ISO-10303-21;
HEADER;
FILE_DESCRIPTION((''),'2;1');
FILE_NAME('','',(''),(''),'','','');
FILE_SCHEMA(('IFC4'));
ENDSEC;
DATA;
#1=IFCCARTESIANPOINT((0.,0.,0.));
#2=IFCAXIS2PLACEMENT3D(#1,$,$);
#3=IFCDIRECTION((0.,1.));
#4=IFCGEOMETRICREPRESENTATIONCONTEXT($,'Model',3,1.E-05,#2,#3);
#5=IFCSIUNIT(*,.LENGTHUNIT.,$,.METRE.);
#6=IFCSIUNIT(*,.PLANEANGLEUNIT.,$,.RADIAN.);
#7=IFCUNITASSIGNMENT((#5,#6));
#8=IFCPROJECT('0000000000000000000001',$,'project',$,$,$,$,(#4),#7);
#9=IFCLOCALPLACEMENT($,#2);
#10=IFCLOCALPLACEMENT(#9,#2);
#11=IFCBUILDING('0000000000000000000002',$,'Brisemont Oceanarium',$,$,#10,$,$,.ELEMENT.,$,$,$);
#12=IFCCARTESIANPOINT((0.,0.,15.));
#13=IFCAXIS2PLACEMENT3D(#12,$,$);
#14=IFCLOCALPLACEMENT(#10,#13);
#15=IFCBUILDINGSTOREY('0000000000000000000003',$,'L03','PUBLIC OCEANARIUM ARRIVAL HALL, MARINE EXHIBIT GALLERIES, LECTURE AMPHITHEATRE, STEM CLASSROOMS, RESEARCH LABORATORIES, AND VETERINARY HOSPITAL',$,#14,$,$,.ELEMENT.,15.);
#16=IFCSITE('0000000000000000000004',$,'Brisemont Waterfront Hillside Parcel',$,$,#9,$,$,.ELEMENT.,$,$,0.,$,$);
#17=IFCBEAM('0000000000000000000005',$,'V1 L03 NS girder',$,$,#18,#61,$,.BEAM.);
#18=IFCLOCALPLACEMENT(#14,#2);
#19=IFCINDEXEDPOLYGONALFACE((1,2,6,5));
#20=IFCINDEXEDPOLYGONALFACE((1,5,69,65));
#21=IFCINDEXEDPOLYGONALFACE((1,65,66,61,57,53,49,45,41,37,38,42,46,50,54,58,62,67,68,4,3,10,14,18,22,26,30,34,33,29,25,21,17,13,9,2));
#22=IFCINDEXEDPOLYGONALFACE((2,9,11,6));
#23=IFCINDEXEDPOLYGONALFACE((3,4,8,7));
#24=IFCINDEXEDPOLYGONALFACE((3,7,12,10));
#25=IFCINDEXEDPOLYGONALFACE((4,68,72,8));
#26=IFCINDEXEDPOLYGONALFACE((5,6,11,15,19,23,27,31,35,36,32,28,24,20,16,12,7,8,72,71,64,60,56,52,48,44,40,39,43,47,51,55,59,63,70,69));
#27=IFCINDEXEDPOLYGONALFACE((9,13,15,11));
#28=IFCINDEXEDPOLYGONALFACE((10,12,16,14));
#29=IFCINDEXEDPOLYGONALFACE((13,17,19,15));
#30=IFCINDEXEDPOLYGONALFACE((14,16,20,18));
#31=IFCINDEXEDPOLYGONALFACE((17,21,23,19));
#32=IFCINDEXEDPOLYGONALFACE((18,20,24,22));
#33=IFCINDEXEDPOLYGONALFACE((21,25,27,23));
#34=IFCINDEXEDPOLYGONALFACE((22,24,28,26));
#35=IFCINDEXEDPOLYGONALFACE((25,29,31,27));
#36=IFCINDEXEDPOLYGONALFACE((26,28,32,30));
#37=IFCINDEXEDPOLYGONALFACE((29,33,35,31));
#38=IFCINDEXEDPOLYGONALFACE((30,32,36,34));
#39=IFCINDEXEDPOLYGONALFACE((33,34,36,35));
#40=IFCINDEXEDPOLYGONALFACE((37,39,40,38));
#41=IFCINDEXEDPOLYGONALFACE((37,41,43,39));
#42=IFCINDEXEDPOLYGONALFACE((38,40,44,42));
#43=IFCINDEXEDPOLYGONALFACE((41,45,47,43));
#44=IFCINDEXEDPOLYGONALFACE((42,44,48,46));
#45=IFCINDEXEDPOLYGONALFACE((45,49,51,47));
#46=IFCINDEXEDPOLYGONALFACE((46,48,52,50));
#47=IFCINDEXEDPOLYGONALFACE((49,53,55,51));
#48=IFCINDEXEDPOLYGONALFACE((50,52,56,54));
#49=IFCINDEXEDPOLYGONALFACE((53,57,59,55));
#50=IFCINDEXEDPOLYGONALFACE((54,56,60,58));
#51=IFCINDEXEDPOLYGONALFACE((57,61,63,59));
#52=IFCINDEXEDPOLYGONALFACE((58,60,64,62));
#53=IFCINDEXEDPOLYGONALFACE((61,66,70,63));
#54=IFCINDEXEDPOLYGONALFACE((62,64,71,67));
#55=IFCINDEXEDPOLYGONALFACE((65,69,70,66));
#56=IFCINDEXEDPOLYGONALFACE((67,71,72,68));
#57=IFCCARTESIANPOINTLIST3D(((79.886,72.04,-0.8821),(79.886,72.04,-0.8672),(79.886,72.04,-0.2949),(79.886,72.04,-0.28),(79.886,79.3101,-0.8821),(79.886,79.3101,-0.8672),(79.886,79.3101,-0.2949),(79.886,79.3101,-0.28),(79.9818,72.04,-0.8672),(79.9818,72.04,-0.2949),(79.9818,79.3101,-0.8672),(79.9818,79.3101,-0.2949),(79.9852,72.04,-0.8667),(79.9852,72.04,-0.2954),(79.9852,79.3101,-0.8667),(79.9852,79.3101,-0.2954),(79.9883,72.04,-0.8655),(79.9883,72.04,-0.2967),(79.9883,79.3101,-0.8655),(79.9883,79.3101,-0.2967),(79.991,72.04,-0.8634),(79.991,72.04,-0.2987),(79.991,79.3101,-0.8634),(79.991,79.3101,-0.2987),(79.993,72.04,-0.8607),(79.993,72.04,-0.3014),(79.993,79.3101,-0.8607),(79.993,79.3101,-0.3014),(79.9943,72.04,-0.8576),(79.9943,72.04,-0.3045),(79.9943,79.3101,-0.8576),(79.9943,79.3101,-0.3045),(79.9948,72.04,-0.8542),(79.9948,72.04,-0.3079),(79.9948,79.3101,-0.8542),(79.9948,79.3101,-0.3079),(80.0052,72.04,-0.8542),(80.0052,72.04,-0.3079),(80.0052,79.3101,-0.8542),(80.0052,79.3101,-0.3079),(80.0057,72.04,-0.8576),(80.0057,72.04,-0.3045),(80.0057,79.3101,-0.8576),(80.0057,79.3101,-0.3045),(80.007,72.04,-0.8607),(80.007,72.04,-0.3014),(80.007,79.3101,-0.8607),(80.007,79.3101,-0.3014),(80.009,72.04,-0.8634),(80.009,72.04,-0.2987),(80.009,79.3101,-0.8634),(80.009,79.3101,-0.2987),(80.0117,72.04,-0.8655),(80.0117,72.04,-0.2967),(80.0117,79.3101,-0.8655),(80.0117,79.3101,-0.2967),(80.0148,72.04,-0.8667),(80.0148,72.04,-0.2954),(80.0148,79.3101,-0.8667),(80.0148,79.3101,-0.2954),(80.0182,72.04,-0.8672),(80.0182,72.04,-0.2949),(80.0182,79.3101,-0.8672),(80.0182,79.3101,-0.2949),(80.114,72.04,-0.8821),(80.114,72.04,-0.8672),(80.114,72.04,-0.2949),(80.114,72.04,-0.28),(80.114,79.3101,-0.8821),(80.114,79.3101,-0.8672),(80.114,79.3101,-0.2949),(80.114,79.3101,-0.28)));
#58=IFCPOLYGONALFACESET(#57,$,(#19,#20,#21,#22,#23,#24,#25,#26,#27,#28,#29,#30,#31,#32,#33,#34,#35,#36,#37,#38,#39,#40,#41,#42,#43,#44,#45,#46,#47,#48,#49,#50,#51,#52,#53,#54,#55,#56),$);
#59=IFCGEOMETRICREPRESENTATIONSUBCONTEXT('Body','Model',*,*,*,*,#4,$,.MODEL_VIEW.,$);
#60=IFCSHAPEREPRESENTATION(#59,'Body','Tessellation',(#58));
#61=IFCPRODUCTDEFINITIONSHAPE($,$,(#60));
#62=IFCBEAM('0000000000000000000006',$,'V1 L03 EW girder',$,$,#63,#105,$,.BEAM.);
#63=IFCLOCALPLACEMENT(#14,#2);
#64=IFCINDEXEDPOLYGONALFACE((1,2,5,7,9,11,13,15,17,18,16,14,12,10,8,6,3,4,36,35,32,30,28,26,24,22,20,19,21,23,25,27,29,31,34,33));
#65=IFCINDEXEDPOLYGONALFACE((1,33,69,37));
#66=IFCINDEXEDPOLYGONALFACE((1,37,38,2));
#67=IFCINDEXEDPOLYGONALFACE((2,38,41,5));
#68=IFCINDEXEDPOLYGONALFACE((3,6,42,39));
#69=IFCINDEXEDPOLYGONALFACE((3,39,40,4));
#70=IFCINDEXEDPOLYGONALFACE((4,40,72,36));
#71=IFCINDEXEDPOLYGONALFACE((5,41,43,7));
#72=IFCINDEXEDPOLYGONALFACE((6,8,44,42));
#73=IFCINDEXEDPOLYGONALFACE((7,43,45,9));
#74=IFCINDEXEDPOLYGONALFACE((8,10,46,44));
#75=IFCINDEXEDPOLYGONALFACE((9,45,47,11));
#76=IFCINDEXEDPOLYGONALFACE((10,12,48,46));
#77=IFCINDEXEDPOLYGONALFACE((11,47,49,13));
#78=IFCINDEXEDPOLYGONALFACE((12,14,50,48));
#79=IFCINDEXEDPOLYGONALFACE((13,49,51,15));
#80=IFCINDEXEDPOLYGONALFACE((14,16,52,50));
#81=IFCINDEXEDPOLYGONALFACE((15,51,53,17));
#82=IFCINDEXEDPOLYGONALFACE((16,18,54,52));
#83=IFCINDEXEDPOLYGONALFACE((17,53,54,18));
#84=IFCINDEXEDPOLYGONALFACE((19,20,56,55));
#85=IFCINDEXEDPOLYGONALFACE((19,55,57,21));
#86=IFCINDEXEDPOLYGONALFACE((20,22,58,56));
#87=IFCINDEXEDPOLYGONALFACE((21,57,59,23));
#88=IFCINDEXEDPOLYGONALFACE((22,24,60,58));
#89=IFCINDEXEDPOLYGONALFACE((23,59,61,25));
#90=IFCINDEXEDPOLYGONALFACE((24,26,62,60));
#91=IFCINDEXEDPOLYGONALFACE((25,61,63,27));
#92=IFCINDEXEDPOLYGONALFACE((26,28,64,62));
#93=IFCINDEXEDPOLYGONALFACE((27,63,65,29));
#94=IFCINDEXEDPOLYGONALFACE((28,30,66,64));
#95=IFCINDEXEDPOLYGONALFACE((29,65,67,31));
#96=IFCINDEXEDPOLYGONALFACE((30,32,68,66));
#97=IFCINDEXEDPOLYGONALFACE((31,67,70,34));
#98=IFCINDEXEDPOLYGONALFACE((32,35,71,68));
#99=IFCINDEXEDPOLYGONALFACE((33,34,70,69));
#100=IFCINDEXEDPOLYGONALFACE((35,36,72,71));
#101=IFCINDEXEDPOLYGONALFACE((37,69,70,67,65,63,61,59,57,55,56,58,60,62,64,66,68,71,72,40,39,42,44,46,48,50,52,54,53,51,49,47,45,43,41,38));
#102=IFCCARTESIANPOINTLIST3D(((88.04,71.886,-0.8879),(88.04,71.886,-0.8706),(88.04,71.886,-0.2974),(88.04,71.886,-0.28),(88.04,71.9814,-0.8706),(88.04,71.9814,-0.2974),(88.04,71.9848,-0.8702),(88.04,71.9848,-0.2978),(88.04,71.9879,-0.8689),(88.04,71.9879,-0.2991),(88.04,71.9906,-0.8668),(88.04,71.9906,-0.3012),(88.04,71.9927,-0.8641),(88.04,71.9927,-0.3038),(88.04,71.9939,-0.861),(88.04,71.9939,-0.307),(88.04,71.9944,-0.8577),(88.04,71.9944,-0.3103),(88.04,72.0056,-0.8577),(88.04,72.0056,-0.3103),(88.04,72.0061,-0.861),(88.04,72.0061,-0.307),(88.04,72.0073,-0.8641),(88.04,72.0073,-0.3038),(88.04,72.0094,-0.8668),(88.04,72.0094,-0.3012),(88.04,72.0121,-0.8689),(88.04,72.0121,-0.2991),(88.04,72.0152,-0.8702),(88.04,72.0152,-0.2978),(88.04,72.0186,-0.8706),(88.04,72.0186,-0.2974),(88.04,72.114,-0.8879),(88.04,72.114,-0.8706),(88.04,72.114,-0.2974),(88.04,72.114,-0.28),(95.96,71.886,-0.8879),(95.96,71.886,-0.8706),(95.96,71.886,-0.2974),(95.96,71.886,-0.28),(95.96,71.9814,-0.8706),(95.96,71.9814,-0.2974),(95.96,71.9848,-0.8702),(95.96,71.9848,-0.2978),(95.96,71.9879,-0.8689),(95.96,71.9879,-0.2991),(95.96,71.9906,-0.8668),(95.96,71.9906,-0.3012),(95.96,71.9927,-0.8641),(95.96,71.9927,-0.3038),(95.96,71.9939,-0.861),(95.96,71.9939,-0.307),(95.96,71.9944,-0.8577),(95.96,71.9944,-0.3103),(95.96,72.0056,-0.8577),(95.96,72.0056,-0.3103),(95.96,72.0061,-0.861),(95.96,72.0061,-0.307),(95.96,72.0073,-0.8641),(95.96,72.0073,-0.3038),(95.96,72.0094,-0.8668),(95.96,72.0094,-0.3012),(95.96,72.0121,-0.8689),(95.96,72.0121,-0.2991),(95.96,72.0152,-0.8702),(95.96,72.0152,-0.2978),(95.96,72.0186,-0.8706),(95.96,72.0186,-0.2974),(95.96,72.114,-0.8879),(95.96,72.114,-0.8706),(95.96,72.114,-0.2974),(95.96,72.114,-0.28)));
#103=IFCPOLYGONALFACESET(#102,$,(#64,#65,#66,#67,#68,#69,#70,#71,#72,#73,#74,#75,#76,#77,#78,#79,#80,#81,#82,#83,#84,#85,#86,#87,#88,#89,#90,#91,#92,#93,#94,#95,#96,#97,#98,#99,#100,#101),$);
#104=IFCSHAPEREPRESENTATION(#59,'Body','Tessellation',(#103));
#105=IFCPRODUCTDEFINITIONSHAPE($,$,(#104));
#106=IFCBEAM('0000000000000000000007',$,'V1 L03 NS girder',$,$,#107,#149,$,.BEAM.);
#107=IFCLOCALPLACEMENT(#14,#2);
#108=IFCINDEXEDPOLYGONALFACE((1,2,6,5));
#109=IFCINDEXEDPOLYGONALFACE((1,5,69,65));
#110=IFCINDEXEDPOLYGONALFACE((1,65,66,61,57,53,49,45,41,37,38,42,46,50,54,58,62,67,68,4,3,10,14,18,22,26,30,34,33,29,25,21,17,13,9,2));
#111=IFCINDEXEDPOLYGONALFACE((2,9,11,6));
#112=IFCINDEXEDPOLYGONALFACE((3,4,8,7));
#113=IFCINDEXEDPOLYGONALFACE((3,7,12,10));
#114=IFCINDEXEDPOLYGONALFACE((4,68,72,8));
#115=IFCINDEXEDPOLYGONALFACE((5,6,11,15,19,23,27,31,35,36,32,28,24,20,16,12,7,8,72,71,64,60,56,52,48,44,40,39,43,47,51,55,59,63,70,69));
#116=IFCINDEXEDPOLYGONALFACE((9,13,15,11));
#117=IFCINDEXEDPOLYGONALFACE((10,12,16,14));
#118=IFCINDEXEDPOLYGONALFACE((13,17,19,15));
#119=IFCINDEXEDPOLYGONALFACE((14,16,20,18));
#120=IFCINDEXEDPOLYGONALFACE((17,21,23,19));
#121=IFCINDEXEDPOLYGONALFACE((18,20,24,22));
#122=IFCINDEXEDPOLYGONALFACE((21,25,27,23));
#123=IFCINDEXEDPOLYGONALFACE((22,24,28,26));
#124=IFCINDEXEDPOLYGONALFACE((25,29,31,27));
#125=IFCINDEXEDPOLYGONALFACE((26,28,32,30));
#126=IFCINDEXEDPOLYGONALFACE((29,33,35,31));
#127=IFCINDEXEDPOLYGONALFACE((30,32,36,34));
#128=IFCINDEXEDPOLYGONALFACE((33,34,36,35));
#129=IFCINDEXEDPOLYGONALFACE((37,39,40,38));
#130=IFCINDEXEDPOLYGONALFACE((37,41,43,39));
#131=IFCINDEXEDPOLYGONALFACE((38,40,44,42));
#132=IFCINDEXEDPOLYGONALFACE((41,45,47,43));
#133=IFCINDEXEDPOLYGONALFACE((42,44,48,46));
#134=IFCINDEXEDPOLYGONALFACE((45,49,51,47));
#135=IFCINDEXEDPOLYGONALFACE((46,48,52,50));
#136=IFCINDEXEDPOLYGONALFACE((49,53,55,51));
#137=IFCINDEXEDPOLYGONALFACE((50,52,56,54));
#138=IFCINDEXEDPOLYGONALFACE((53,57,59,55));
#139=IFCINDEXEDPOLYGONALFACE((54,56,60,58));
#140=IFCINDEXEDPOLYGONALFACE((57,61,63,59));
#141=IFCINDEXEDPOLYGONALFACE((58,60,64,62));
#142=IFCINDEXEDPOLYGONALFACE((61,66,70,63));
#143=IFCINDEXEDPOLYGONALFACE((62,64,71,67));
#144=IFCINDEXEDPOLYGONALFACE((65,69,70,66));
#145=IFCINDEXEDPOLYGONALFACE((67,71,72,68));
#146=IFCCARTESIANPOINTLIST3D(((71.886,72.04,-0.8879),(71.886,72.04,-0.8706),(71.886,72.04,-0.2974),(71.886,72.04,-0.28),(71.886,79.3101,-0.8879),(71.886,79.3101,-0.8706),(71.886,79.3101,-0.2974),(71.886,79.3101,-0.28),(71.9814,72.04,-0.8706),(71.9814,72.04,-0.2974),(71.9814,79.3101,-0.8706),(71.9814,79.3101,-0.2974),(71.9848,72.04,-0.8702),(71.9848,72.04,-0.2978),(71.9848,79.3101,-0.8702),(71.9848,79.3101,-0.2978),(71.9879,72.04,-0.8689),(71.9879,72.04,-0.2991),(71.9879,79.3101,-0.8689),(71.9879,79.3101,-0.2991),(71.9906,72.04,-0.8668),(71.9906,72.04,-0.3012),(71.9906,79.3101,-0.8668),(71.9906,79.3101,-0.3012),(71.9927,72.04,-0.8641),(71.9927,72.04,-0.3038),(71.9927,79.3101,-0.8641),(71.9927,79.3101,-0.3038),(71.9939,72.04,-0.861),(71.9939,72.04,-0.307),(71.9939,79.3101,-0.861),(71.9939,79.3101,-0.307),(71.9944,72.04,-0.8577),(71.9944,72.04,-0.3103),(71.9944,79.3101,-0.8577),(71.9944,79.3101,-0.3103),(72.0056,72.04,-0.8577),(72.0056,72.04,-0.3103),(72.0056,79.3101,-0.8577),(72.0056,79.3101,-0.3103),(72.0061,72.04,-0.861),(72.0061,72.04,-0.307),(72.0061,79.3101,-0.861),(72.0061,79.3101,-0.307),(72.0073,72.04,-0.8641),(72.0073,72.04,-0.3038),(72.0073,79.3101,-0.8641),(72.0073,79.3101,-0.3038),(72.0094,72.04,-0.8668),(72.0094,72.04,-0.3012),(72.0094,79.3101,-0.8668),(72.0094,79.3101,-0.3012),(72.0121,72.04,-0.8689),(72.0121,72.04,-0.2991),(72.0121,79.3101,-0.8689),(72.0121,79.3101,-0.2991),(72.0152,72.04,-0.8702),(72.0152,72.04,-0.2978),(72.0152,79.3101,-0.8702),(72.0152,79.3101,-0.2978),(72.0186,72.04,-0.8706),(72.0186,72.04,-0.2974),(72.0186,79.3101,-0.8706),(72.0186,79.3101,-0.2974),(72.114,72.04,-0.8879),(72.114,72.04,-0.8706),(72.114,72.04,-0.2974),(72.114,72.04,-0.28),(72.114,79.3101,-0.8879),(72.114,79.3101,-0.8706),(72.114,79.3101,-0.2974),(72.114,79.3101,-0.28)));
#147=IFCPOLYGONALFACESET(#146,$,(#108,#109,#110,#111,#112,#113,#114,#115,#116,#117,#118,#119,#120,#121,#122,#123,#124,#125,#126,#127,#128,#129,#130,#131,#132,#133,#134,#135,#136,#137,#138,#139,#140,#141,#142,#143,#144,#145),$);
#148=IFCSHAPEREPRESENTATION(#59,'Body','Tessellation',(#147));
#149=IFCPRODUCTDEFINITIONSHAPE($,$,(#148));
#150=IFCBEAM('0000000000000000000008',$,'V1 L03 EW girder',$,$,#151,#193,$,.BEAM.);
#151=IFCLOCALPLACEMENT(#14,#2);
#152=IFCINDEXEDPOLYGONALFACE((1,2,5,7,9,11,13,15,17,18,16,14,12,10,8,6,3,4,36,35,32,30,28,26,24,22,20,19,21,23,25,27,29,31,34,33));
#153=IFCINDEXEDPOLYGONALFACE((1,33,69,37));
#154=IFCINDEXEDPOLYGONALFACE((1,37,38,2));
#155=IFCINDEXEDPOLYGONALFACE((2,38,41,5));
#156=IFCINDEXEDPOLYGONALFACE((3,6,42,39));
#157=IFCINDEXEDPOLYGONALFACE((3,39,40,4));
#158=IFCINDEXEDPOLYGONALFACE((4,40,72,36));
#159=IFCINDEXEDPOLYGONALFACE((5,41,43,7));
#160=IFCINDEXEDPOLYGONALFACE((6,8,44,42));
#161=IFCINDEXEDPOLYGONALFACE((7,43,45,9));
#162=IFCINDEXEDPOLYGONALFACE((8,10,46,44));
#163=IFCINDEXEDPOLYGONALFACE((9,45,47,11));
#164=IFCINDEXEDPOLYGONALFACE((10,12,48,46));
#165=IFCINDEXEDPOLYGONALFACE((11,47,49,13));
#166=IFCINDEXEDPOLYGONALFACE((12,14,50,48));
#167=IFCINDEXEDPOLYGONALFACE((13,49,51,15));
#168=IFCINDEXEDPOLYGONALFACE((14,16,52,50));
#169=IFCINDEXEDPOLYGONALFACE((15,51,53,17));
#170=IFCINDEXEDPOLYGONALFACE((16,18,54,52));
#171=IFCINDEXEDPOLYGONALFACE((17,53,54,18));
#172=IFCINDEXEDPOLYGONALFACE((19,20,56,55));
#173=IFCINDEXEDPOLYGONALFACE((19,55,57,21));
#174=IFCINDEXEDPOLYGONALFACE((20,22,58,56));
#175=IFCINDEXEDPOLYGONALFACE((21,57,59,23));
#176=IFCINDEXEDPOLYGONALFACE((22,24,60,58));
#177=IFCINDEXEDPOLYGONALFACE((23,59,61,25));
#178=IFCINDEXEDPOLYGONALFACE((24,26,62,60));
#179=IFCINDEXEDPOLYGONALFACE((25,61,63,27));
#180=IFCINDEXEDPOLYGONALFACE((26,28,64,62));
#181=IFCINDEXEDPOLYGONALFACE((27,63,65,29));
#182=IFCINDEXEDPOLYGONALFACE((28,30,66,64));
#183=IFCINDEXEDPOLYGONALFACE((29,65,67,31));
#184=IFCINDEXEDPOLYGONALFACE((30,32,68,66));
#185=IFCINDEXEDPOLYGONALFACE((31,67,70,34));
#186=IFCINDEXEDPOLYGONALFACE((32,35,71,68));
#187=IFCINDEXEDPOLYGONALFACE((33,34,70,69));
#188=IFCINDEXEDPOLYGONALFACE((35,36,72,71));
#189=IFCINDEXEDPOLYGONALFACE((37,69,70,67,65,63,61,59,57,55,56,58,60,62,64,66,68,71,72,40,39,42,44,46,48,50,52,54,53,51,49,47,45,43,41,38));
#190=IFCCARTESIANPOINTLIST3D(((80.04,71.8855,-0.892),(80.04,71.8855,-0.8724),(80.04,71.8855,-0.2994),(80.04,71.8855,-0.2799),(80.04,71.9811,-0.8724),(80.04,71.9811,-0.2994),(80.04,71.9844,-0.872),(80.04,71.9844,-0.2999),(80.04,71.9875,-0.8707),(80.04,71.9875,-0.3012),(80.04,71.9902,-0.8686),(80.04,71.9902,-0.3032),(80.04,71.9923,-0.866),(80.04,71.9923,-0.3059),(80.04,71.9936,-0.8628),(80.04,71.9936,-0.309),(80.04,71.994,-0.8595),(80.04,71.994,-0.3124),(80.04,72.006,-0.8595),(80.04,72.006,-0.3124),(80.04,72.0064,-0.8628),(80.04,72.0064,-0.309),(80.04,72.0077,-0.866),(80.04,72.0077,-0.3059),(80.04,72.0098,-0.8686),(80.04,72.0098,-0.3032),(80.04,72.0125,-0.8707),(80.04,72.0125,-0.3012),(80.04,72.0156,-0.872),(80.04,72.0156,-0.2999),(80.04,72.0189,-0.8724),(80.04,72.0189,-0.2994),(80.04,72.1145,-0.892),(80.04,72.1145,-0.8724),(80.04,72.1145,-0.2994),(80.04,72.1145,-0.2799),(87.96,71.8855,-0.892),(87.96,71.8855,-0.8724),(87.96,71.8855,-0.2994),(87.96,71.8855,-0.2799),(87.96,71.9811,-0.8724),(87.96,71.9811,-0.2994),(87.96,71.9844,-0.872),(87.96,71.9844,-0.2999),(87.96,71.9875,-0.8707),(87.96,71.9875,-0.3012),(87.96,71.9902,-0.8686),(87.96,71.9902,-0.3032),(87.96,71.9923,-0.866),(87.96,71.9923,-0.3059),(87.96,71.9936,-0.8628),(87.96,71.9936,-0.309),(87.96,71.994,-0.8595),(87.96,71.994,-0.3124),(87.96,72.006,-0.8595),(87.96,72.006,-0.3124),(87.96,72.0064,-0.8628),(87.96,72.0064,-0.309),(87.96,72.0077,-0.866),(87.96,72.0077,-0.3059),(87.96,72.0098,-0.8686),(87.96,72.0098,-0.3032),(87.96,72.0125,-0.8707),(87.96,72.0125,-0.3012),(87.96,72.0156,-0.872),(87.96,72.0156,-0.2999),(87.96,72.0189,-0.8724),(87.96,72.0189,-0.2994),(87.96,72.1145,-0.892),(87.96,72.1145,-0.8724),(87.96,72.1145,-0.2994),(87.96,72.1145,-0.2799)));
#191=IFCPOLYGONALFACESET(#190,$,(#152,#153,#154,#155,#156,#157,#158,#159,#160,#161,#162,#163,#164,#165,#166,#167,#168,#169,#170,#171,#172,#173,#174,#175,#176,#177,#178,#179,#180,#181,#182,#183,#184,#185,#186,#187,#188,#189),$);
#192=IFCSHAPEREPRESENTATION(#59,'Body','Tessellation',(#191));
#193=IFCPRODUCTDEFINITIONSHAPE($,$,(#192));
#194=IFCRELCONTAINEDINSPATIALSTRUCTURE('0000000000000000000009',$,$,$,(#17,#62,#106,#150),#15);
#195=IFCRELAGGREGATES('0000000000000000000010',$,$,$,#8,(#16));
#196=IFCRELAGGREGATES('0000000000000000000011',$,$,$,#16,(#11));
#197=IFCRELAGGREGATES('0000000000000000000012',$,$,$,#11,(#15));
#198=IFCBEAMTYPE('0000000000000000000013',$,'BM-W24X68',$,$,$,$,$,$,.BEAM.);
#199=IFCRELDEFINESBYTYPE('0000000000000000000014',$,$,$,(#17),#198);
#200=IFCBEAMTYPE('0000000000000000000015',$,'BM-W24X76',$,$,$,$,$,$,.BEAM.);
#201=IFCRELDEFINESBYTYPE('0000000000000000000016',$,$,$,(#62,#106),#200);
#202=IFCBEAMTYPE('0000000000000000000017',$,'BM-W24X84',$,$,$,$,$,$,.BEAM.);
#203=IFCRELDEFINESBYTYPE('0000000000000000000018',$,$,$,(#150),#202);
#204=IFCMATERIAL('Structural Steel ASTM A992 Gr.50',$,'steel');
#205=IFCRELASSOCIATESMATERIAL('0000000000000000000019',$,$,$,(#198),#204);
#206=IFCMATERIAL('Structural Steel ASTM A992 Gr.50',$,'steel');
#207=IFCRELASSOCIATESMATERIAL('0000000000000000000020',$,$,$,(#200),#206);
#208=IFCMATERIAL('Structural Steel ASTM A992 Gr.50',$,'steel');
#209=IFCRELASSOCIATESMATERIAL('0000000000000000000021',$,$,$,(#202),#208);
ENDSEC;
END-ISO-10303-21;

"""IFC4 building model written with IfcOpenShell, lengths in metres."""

from ifc_helpers import new_model, si_unit, direction, frame, origin, origin_2d, place, context, subcontext, project, spatial, i_section, extrude, material, material_profile, profile_set, type_object, element, save


model = new_model("IFC4")

# Units and contexts
model_context = context("Model", 3, precision=1e-05, world=origin(), true_north=direction((0.0, 1.0)))
body_context = subcontext(model_context, "Body", "Model", "MODEL_VIEW")
ifc_project = project(units=[si_unit("LENGTHUNIT", "METRE"), si_unit("PLANEANGLEUNIT", "RADIAN")], contexts=[model_context])

# Site, building, storey
site_placement = place(None, origin())
site = spatial("IfcSite", under=ifc_project, at=site_placement, Name="Brisemont Waterfront Hillside Parcel", CompositionType="ELEMENT", RefElevation=0.0)
building_placement = place(site_placement, origin())
building = spatial("IfcBuilding", under=site, at=building_placement, Name="Brisemont Oceanarium", CompositionType="ELEMENT")
storey_placement = place(building_placement, frame((0.0, 0.0, 15.0)))
storey = spatial("IfcBuildingStorey", under=building, at=storey_placement, Name="L03", Description="PUBLIC OCEANARIUM ARRIVAL HALL, MARINE EXHIBIT GALLERIES, LECTURE AMPHITHEATRE, STEM CLASSROOMS, RESEARCH LABORATORIES, AND VETERINARY HOSPITAL", CompositionType="ELEMENT", Elevation=15.0)

# Beams
ifc_material_1 = material(Name="Structural Steel ASTM A992 Gr.50", Category="steel")
ifc_material_profile_1 = material_profile(ifc_material_1, i_section(OverallWidth=0.228, OverallDepth=0.6021, WebThickness=0.0105, FlangeThickness=0.0149, FilletRadius=0.0129, at=origin_2d()), Name="W24X68")
ifc_profile_set_1 = profile_set([ifc_material_profile_1], Name="Structural Steel ASTM A992 Gr.50")
beam_type_1 = type_object("IfcBeamType", Name="BM-W24X68", PredefinedType="BEAM", material=ifc_profile_set_1)
beam_1_placement = place(storey_placement, frame((80.0, 72.04, -0.5811), z_axis=(0.0, 1.0, 0.0), x_axis=(-1.0, 0.0, 0.0)))
element("IfcBeam", 1, at=beam_1_placement, inside=storey, type_object=beam_type_1, Name="V1 L03 NS girder", PredefinedType="BEAM", context=body_context, shape_type="SweptSolid", body=[
    extrude(i_section(OverallWidth=0.228, OverallDepth=0.6021, WebThickness=0.0105, FlangeThickness=0.0149, FilletRadius=0.0129, at=origin_2d()), origin(), (0.0, 0.0, 1.0), 7.27),
])
ifc_material_2 = material(Name="Structural Steel ASTM A992 Gr.50", Category="steel")
ifc_material_profile_2 = material_profile(ifc_material_2, i_section(OverallWidth=0.228, OverallDepth=0.6079, WebThickness=0.0112, FlangeThickness=0.0173, FilletRadius=0.0129, at=origin_2d()), Name="W24X76")
ifc_profile_set_2 = profile_set([ifc_material_profile_2], Name="Structural Steel ASTM A992 Gr.50")
beam_type_2 = type_object("IfcBeamType", Name="BM-W24X76", PredefinedType="BEAM", material=ifc_profile_set_2)
beam_2_placement = place(storey_placement, frame((88.04, 72.0, -0.584), z_axis=(1.0, 0.0, 0.0), x_axis=(0.0, 1.0, 0.0)))
element("IfcBeam", 2, at=beam_2_placement, inside=storey, type_object=beam_type_2, Name="V1 L03 EW girder", PredefinedType="BEAM", context=body_context, shape_type="SweptSolid", body=[
    extrude(i_section(OverallWidth=0.228, OverallDepth=0.6079, WebThickness=0.0112, FlangeThickness=0.0173, FilletRadius=0.0129, at=origin_2d()), origin(), (0.0, 0.0, 1.0), 7.9199),
])
beam_3_placement = place(storey_placement, frame((72.0, 72.04, -0.584), z_axis=(0.0, 1.0, 0.0), x_axis=(-1.0, 0.0, 0.0)))
element("IfcBeam", 3, at=beam_3_placement, inside=storey, type_object=beam_type_2, Name="V1 L03 NS girder", PredefinedType="BEAM", context=body_context, shape_type="SweptSolid", body=[
    extrude(i_section(OverallWidth=0.228, OverallDepth=0.6079, WebThickness=0.0112, FlangeThickness=0.0173, FilletRadius=0.0129, at=origin_2d()), origin(), (0.0, 0.0, 1.0), 7.27),
])
ifc_material_3 = material(Name="Structural Steel ASTM A992 Gr.50", Category="steel")
ifc_material_profile_3 = material_profile(ifc_material_3, i_section(OverallWidth=0.229, OverallDepth=0.6121, WebThickness=0.012, FlangeThickness=0.0195, FilletRadius=0.0129, at=origin_2d()), Name="W24X84")
ifc_profile_set_3 = profile_set([ifc_material_profile_3], Name="Structural Steel ASTM A992 Gr.50")
beam_type_3 = type_object("IfcBeamType", Name="BM-W24X84", PredefinedType="BEAM", material=ifc_profile_set_3)
beam_4_placement = place(storey_placement, frame((80.04, 72.0, -0.5859), z_axis=(1.0, 0.0, 0.0), x_axis=(0.0, 1.0, 0.0)))
element("IfcBeam", 4, at=beam_4_placement, inside=storey, type_object=beam_type_3, Name="V1 L03 EW girder", PredefinedType="BEAM", context=body_context, shape_type="SweptSolid", body=[
    extrude(i_section(OverallWidth=0.229, OverallDepth=0.6121, WebThickness=0.012, FlangeThickness=0.0195, FilletRadius=0.0129, at=origin_2d()), origin(), (0.0, 0.0, 1.0), 7.9199),
])

save(model, "model.ifc")
